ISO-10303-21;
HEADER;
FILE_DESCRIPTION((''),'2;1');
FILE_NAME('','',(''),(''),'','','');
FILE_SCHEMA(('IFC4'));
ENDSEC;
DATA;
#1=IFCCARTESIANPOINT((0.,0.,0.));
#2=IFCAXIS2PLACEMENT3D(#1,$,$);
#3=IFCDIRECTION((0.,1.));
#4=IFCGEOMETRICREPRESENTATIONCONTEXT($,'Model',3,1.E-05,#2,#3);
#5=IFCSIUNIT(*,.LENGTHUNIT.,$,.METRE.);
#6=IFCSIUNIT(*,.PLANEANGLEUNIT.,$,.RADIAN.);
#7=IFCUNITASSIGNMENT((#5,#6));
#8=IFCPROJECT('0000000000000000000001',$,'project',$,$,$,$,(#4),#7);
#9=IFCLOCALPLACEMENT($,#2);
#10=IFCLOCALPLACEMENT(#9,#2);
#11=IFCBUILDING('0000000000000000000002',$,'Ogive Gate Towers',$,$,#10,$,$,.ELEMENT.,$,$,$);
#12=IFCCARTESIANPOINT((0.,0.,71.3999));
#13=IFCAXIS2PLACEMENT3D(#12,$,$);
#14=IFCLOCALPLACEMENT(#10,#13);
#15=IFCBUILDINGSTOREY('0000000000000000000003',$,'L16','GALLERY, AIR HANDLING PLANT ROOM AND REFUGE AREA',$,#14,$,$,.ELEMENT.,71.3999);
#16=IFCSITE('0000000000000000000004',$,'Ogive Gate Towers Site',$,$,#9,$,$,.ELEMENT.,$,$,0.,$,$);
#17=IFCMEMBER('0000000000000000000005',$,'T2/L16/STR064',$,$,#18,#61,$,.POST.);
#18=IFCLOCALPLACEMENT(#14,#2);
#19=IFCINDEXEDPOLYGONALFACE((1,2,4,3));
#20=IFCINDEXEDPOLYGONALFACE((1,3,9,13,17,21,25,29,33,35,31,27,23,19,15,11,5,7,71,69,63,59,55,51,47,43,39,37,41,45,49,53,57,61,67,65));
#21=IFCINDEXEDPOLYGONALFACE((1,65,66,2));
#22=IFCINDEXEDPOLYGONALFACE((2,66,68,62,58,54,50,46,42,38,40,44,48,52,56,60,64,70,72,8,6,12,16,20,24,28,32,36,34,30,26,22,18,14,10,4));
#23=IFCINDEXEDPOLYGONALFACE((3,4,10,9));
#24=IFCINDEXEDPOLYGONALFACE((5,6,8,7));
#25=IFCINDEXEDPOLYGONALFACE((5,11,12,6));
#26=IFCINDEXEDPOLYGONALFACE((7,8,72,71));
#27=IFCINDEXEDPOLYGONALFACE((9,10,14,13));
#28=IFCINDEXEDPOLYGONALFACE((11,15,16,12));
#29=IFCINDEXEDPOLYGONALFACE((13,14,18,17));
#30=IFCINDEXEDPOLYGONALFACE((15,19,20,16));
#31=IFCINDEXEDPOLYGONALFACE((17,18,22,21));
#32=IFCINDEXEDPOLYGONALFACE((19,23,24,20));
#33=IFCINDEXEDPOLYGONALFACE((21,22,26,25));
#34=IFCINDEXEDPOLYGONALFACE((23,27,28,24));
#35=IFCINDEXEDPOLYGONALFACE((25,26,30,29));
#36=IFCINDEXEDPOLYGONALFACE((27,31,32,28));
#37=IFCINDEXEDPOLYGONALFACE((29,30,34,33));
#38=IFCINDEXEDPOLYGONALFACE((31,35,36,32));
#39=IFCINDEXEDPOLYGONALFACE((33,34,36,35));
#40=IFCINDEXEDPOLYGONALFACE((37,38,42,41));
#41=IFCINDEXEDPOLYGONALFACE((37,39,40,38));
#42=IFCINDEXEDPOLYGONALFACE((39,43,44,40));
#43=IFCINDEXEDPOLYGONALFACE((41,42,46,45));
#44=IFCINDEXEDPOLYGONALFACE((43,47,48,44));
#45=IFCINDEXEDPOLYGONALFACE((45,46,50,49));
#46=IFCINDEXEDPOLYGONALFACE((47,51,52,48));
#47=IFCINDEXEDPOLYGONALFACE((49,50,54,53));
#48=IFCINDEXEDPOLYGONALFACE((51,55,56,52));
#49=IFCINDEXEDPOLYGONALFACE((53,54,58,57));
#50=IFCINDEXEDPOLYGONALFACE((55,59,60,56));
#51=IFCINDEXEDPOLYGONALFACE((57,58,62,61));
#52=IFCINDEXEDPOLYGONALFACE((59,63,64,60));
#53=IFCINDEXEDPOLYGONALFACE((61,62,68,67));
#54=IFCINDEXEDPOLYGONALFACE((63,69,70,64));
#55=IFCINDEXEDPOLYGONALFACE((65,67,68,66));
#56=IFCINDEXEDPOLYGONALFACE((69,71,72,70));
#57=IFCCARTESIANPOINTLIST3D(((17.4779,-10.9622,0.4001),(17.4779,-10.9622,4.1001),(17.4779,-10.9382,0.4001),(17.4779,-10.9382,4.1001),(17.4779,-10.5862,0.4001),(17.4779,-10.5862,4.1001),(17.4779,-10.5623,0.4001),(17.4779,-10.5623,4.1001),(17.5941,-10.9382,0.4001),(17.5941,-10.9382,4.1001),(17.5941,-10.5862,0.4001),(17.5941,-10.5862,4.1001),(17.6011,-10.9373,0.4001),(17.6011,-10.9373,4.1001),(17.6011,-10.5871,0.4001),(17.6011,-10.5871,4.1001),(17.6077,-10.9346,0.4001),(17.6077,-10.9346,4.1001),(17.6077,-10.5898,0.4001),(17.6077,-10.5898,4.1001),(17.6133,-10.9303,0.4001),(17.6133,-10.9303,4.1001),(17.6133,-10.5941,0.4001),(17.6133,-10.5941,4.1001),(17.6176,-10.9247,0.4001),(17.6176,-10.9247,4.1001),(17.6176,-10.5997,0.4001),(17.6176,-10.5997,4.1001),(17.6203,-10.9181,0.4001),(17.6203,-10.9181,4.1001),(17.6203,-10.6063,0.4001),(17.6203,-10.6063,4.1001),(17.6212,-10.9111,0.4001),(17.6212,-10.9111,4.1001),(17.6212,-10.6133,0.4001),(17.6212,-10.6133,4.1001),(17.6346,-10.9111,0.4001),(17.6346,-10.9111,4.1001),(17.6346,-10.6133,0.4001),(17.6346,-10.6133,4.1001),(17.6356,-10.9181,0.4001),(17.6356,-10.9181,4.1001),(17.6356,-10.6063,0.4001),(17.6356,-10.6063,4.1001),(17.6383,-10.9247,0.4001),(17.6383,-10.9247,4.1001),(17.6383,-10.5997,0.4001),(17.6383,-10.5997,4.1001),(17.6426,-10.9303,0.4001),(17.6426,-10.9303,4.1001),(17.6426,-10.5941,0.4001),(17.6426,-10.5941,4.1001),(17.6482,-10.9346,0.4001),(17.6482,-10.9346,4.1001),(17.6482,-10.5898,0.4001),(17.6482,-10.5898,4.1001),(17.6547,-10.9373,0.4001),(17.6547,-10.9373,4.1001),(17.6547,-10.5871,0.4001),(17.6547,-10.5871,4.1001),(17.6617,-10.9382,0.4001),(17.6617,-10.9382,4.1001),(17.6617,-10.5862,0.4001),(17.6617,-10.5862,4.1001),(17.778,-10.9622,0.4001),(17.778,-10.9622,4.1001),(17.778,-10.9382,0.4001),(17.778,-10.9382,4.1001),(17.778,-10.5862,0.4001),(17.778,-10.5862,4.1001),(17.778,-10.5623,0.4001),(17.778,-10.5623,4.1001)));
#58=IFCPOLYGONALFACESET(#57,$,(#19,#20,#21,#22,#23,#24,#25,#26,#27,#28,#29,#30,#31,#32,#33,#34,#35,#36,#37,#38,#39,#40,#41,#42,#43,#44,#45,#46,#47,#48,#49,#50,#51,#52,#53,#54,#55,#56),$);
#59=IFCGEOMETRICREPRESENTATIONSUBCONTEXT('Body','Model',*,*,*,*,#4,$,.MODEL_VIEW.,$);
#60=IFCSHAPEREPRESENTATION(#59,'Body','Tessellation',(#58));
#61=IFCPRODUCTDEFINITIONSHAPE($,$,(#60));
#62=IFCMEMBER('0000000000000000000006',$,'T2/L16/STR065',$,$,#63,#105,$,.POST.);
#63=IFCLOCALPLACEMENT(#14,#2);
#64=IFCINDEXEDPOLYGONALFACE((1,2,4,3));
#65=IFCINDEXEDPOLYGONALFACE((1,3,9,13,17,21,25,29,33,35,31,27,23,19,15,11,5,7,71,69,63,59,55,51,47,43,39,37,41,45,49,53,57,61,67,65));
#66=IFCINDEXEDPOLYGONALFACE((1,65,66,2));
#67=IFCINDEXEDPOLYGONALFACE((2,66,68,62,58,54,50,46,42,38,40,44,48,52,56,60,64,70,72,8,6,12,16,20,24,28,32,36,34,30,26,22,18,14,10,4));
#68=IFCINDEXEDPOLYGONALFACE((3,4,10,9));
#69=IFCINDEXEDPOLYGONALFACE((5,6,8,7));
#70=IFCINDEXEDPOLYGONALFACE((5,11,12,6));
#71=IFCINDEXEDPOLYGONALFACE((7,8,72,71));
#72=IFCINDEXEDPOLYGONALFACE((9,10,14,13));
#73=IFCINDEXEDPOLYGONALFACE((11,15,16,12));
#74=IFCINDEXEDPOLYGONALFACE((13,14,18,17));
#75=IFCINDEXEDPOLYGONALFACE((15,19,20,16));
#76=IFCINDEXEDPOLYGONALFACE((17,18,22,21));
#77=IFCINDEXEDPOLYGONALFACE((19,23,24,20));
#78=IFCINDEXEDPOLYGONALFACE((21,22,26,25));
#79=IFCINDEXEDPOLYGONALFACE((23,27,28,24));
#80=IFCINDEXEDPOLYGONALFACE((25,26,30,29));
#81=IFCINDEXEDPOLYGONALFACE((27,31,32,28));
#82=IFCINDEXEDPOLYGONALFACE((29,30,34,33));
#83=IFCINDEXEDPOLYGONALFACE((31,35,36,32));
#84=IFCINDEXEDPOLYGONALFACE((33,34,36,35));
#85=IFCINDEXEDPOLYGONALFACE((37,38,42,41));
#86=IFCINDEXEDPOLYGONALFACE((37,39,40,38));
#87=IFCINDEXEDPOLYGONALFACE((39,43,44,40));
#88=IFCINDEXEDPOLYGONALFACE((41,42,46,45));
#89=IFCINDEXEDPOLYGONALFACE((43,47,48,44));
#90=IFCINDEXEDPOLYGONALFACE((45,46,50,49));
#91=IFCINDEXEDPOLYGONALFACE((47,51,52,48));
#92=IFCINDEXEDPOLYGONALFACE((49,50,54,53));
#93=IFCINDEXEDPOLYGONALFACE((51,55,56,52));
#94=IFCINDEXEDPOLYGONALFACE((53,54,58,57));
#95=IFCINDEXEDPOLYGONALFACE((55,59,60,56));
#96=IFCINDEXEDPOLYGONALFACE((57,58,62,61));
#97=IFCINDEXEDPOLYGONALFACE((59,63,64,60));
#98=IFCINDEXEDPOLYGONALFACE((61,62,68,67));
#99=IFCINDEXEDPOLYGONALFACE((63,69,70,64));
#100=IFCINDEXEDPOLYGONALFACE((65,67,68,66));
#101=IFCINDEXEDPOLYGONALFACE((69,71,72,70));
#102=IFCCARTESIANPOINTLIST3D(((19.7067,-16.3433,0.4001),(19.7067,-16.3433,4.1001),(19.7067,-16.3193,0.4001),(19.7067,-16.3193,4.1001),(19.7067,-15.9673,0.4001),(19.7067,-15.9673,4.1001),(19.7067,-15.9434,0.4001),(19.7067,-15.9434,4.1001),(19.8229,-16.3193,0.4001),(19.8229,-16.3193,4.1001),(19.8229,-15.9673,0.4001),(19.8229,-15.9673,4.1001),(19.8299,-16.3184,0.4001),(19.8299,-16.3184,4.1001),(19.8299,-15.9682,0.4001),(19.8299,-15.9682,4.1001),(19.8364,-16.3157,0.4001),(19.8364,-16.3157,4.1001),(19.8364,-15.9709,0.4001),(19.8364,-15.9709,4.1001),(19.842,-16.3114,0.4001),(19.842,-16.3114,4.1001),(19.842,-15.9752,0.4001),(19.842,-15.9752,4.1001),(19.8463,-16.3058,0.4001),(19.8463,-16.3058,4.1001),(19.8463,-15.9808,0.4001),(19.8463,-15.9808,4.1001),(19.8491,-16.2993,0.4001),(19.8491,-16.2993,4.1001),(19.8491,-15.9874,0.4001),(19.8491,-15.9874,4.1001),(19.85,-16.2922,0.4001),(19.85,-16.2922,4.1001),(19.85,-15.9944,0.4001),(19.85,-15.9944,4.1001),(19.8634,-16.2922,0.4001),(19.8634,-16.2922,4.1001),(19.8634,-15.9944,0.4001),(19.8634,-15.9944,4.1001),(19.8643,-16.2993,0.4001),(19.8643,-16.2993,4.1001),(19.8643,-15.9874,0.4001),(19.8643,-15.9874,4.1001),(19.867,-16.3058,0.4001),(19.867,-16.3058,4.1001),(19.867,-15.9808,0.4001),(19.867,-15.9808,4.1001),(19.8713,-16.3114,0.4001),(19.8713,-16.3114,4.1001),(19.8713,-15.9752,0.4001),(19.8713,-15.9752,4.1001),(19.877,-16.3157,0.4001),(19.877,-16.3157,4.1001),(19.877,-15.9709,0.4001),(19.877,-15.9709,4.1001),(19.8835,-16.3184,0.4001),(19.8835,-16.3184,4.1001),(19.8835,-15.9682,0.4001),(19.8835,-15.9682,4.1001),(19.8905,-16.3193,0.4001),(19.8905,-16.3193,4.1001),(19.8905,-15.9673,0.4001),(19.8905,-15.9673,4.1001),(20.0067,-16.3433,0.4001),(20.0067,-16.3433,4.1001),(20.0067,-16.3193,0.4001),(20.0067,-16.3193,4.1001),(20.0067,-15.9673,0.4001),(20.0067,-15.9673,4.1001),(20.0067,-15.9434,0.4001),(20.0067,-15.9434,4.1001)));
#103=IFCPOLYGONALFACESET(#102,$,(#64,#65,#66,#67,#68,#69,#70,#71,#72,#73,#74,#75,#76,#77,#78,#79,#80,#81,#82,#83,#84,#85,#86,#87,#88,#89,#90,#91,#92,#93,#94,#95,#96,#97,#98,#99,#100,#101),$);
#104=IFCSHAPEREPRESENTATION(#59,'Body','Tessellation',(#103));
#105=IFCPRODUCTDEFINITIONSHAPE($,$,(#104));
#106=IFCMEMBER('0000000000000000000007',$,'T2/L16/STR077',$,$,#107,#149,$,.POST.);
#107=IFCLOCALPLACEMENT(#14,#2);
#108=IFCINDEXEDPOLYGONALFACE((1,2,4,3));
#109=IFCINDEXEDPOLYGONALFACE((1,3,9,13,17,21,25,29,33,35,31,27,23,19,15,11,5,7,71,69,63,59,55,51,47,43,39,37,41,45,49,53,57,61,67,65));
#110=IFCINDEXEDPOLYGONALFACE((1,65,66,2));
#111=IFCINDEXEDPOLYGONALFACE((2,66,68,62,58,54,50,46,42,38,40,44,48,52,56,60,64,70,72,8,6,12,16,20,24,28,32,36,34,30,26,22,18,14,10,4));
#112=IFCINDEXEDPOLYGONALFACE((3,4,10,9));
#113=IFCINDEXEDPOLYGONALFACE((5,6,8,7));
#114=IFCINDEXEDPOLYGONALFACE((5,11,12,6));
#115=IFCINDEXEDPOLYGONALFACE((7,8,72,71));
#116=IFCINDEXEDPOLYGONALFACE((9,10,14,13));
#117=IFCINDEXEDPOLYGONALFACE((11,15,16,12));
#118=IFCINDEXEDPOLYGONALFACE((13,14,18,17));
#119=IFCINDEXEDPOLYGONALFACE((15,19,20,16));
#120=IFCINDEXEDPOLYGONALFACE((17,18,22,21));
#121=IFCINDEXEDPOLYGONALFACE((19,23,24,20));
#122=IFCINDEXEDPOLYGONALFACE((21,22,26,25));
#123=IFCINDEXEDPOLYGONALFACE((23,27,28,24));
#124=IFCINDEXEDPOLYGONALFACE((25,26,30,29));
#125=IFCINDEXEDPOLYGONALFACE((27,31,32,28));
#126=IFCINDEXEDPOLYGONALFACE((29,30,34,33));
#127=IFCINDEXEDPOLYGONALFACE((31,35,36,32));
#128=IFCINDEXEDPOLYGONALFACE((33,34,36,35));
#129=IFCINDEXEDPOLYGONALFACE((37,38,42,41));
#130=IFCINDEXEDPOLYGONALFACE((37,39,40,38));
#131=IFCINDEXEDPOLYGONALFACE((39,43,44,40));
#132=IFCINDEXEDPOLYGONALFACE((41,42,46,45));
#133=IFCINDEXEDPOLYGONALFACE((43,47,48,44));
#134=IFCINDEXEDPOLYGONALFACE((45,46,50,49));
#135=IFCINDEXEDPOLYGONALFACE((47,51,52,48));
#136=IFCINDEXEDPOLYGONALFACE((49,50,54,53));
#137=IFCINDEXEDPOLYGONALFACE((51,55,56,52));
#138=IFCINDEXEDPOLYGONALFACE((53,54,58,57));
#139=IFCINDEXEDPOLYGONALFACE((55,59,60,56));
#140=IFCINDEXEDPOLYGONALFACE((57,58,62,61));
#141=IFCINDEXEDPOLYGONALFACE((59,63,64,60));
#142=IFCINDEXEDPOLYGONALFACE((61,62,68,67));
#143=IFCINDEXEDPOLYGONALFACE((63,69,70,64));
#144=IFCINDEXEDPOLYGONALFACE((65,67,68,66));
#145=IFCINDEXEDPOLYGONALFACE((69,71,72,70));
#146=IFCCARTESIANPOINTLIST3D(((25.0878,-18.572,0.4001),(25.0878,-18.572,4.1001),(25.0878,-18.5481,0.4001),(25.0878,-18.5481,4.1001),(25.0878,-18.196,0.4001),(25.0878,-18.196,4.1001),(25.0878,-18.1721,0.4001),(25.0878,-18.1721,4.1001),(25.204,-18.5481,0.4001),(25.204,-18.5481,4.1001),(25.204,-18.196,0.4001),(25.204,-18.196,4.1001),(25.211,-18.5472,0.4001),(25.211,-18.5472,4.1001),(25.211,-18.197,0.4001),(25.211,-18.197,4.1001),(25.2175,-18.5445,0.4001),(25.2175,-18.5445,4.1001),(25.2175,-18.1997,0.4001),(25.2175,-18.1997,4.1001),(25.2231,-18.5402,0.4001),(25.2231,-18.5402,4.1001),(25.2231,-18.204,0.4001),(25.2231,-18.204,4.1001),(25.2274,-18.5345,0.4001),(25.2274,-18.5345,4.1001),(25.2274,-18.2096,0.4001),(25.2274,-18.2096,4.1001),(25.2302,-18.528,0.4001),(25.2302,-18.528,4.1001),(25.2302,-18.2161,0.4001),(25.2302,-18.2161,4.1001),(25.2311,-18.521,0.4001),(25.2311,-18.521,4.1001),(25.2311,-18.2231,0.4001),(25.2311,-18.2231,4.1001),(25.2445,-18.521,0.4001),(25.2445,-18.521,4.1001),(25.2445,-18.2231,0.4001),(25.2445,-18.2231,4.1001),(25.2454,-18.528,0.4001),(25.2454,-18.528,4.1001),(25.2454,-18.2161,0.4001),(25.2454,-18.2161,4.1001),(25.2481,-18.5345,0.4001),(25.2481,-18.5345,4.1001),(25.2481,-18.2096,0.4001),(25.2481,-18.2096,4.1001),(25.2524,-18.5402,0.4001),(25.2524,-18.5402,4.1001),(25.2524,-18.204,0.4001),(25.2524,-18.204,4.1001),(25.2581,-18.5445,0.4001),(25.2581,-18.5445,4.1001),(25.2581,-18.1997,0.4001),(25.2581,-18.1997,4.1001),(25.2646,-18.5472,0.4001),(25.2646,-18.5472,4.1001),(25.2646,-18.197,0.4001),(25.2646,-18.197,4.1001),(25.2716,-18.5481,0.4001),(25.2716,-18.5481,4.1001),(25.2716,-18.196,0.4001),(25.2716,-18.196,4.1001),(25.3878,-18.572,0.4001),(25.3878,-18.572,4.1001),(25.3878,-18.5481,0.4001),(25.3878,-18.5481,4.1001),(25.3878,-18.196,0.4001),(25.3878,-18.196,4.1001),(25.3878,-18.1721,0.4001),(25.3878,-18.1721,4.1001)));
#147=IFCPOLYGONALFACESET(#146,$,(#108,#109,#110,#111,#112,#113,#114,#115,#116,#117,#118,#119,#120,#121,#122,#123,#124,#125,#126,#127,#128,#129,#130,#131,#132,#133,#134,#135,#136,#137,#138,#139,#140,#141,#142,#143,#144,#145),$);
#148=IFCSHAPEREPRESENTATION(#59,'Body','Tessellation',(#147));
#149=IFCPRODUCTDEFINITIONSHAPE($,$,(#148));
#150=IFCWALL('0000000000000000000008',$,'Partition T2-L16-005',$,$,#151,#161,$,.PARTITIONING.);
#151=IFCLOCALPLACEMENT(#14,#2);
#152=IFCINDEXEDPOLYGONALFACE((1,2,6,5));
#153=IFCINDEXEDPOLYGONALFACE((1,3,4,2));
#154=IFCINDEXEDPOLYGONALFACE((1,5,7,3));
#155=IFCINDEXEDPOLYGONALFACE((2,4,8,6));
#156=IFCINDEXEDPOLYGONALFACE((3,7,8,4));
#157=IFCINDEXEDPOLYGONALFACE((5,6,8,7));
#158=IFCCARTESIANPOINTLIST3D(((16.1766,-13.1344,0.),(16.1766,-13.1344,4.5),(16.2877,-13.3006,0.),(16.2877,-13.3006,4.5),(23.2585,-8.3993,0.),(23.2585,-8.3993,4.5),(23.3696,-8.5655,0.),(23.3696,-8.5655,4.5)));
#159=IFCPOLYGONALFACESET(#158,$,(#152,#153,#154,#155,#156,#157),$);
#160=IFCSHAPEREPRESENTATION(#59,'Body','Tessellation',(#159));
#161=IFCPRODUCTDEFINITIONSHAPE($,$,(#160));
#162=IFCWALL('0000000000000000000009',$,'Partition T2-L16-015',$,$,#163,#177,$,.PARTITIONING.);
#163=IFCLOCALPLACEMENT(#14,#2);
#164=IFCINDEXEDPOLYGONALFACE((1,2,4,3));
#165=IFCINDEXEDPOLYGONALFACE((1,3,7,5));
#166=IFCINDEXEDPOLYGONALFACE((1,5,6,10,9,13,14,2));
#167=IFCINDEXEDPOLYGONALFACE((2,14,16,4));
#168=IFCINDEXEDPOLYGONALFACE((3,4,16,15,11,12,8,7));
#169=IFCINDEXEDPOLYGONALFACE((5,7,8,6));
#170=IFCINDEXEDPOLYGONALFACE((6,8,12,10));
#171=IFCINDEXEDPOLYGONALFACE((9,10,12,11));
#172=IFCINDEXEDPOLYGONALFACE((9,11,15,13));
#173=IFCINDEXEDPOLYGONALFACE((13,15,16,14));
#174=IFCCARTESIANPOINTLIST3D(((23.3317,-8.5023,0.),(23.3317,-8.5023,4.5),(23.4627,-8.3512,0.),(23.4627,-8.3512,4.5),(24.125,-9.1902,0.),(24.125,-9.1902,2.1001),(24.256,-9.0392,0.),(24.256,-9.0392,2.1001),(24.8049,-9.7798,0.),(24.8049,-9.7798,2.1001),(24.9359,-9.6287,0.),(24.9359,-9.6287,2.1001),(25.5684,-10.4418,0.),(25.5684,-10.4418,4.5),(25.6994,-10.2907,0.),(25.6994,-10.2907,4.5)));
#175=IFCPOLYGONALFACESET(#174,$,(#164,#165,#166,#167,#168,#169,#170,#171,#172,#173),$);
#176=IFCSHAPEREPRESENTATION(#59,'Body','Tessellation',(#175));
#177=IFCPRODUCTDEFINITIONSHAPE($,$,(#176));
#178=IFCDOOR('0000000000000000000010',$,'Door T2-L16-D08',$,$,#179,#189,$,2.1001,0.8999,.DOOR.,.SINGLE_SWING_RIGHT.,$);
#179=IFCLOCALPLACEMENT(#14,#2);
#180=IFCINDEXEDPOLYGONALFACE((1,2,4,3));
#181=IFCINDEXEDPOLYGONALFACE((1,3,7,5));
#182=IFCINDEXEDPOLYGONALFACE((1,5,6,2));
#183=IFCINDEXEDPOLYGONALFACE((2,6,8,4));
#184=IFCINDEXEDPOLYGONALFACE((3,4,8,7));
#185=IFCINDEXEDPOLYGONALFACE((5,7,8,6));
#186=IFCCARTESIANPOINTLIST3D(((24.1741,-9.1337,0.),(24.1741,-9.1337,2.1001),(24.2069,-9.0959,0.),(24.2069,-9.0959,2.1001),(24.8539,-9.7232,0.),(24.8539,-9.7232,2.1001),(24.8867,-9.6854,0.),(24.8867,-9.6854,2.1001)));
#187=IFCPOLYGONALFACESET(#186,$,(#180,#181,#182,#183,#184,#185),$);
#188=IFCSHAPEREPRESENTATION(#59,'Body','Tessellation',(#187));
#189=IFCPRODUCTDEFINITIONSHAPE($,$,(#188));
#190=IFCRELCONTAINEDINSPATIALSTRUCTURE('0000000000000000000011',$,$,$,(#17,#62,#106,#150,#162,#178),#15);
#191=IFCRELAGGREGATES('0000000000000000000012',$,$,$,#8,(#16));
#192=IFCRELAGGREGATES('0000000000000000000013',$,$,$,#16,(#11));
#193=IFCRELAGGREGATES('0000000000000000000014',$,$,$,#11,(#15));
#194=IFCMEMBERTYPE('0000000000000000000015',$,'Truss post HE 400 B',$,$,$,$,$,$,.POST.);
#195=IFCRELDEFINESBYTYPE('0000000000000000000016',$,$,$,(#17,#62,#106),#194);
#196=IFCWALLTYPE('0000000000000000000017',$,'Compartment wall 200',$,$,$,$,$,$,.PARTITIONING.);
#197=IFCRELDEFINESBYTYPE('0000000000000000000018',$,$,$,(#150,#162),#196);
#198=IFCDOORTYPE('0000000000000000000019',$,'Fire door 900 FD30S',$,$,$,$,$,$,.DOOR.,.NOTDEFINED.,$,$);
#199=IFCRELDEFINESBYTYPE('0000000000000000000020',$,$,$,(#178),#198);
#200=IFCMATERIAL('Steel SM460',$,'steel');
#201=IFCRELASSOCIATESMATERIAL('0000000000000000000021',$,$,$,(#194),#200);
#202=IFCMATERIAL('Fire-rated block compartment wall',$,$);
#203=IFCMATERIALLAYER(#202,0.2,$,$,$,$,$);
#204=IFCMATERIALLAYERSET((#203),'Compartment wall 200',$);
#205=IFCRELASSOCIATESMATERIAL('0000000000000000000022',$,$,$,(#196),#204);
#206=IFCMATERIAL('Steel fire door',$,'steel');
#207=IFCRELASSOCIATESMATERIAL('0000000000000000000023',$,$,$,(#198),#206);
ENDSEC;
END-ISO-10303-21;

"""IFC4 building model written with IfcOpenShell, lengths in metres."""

from ifc_helpers import new_model, si_unit, direction, frame, frame_2d, origin, origin_2d, place, context, subcontext, project, spatial, rectangle, i_section, extrude, material, layer, layer_set, material_profile, profile_set, type_object, element, fill, save


model = new_model("IFC4")

# Units and contexts
model_context = context("Model", 3, precision=1e-05, world=origin(), true_north=direction((0.0, 1.0)))
body_context = subcontext(model_context, "Body", "Model", "MODEL_VIEW")
ifc_project = project(units=[si_unit("LENGTHUNIT", "METRE"), si_unit("PLANEANGLEUNIT", "RADIAN")], contexts=[model_context])

# Site, building, storey
site_placement = place(None, origin())
site = spatial("IfcSite", under=ifc_project, at=site_placement, Name="Ogive Gate Towers Site", CompositionType="ELEMENT", RefElevation=0.0)
building_placement = place(site_placement, origin())
building = spatial("IfcBuilding", under=site, at=building_placement, Name="Ogive Gate Towers", CompositionType="ELEMENT")
storey_placement = place(building_placement, frame((0.0, 0.0, 71.3999)))
storey = spatial("IfcBuildingStorey", under=building, at=storey_placement, Name="L16", Description="GALLERY, AIR HANDLING PLANT ROOM AND REFUGE AREA", CompositionType="ELEMENT", Elevation=71.3999)

# Shared definitions
ifc_material_1 = material(Name="Steel SM460", Category="steel")

# Members
ifc_material_profile_1 = material_profile(ifc_material_1, i_section(OverallWidth=0.3, OverallDepth=0.3999, WebThickness=0.0134, FlangeThickness=0.0239, FilletRadius=0.0271, at=origin_2d()), Name="HE 400 B")
ifc_profile_set_1 = profile_set([ifc_material_profile_1], Name="Steel SM460")
member_type_1 = type_object("IfcMemberType", Name="Truss post HE 400 B", PredefinedType="POST", material=ifc_profile_set_1)
for number, where, z_axis, x_axis, name in (
    (1, (17.6279, -10.7622, 0.4001), (0.0, 0.0, 1.0), (1.0, 0.0, 0.0), "T2/L16/STR064"),
    (2, (19.8567, -16.1433, 0.4001), (0.0, 0.0, 1.0), (1.0, 0.0, 0.0), "T2/L16/STR065"),
    (3, (25.2378, -18.3721, 0.4001), (0.0, 0.0, 1.0), (1.0, 0.0, 0.0), "T2/L16/STR077"),
):
    element("IfcMember", number, at=place(storey_placement, frame(where, z_axis=z_axis, x_axis=x_axis)), inside=storey, type_object=member_type_1, Name=name, PredefinedType="POST", context=body_context, shape_type="SweptSolid", body=[
        extrude(i_section(OverallWidth=0.3, OverallDepth=0.3999, WebThickness=0.0134, FlangeThickness=0.0239, FilletRadius=0.0271, at=origin_2d()), origin(), (0.0, 0.0, 1.0), 3.7),
    ])

# Wall
ifc_material_2 = material(Name="Fire-rated block compartment wall")
ifc_layer_1 = layer(ifc_material_2, 0.2)
ifc_layer_set_1 = layer_set([ifc_layer_1], Name="Compartment wall 200")
wall_type_1 = type_object("IfcWallType", Name="Compartment wall 200", PredefinedType="PARTITIONING", material=ifc_layer_set_1)
wall_1_placement = place(storey_placement, frame((16.2322, -13.2175, 0.0), z_axis=(0.0, 0.0, 1.0), x_axis=(0.831296, 0.555831, 0.0)))
element("IfcWall", 4, at=wall_1_placement, inside=storey, type_object=wall_type_1, Name="Partition T2-L16-005", PredefinedType="PARTITIONING", context=body_context, shape_type="SweptSolid", body=[
    extrude(rectangle(XDim=8.519, YDim=0.2, at=frame_2d((4.2595, 0.0))), origin(), (0.0, 0.0, 1.0), 4.5),
])

# Wall, opening, door
wall_2_placement = place(storey_placement, frame((23.3972, -8.4268, 0.0), z_axis=(0.0, 0.0, 1.0), x_axis=(0.755507, -0.655141, 0.0)))
wall_2 = element("IfcWall", 5, at=wall_2_placement, inside=storey, type_object=wall_type_1, Name="Partition T2-L16-015", PredefinedType="PARTITIONING", context=body_context, shape_type="SweptSolid", body=[
    extrude(rectangle(XDim=2.9604, YDim=0.2, at=frame_2d((1.4802, 0.0))), origin(), (0.0, 0.0, 1.0), 4.5),
])
opening_placement = place(wall_2_placement, frame((1.05, 0.0, 0.0)))
opening = element("IfcOpeningElement", 6, at=opening_placement, cuts=wall_2, PredefinedType="OPENING", context=body_context, shape_type="SweptSolid", body=[
    extrude(rectangle(XDim=0.8999, YDim=2.1001, at=frame_2d((0.45, 1.05))), frame((0.0, 0.1099, 0.0), z_axis=(0.0, -1.0, 0.0), x_axis=(1.0, 0.0, 0.0)), (0.0, 0.0, 1.0), 0.22),
])
ifc_material_3 = material(Name="Steel fire door", Category="steel")
door_type = type_object("IfcDoorType", Name="Fire door 900 FD30S", OperationType="NOTDEFINED", PredefinedType="DOOR", material=ifc_material_3)
door_placement = place(opening_placement, origin())
door = element("IfcDoor", 7, at=door_placement, inside=storey, type_object=door_type, Name="Door T2-L16-D08", OperationType="SINGLE_SWING_RIGHT", OverallHeight=2.1001, OverallWidth=0.8999, PredefinedType="DOOR", context=body_context, shape_type="SweptSolid", body=[
    extrude(rectangle(XDim=0.8999, YDim=2.1001, at=frame_2d((0.45, 1.05))), frame((0.0, 0.0249, 0.0), z_axis=(0.0, -1.0, 0.0), x_axis=(1.0, 0.0, 0.0)), (0.0, 0.0, 1.0), 0.05),
])
fill(opening, door)

save(model, "model.ifc")
